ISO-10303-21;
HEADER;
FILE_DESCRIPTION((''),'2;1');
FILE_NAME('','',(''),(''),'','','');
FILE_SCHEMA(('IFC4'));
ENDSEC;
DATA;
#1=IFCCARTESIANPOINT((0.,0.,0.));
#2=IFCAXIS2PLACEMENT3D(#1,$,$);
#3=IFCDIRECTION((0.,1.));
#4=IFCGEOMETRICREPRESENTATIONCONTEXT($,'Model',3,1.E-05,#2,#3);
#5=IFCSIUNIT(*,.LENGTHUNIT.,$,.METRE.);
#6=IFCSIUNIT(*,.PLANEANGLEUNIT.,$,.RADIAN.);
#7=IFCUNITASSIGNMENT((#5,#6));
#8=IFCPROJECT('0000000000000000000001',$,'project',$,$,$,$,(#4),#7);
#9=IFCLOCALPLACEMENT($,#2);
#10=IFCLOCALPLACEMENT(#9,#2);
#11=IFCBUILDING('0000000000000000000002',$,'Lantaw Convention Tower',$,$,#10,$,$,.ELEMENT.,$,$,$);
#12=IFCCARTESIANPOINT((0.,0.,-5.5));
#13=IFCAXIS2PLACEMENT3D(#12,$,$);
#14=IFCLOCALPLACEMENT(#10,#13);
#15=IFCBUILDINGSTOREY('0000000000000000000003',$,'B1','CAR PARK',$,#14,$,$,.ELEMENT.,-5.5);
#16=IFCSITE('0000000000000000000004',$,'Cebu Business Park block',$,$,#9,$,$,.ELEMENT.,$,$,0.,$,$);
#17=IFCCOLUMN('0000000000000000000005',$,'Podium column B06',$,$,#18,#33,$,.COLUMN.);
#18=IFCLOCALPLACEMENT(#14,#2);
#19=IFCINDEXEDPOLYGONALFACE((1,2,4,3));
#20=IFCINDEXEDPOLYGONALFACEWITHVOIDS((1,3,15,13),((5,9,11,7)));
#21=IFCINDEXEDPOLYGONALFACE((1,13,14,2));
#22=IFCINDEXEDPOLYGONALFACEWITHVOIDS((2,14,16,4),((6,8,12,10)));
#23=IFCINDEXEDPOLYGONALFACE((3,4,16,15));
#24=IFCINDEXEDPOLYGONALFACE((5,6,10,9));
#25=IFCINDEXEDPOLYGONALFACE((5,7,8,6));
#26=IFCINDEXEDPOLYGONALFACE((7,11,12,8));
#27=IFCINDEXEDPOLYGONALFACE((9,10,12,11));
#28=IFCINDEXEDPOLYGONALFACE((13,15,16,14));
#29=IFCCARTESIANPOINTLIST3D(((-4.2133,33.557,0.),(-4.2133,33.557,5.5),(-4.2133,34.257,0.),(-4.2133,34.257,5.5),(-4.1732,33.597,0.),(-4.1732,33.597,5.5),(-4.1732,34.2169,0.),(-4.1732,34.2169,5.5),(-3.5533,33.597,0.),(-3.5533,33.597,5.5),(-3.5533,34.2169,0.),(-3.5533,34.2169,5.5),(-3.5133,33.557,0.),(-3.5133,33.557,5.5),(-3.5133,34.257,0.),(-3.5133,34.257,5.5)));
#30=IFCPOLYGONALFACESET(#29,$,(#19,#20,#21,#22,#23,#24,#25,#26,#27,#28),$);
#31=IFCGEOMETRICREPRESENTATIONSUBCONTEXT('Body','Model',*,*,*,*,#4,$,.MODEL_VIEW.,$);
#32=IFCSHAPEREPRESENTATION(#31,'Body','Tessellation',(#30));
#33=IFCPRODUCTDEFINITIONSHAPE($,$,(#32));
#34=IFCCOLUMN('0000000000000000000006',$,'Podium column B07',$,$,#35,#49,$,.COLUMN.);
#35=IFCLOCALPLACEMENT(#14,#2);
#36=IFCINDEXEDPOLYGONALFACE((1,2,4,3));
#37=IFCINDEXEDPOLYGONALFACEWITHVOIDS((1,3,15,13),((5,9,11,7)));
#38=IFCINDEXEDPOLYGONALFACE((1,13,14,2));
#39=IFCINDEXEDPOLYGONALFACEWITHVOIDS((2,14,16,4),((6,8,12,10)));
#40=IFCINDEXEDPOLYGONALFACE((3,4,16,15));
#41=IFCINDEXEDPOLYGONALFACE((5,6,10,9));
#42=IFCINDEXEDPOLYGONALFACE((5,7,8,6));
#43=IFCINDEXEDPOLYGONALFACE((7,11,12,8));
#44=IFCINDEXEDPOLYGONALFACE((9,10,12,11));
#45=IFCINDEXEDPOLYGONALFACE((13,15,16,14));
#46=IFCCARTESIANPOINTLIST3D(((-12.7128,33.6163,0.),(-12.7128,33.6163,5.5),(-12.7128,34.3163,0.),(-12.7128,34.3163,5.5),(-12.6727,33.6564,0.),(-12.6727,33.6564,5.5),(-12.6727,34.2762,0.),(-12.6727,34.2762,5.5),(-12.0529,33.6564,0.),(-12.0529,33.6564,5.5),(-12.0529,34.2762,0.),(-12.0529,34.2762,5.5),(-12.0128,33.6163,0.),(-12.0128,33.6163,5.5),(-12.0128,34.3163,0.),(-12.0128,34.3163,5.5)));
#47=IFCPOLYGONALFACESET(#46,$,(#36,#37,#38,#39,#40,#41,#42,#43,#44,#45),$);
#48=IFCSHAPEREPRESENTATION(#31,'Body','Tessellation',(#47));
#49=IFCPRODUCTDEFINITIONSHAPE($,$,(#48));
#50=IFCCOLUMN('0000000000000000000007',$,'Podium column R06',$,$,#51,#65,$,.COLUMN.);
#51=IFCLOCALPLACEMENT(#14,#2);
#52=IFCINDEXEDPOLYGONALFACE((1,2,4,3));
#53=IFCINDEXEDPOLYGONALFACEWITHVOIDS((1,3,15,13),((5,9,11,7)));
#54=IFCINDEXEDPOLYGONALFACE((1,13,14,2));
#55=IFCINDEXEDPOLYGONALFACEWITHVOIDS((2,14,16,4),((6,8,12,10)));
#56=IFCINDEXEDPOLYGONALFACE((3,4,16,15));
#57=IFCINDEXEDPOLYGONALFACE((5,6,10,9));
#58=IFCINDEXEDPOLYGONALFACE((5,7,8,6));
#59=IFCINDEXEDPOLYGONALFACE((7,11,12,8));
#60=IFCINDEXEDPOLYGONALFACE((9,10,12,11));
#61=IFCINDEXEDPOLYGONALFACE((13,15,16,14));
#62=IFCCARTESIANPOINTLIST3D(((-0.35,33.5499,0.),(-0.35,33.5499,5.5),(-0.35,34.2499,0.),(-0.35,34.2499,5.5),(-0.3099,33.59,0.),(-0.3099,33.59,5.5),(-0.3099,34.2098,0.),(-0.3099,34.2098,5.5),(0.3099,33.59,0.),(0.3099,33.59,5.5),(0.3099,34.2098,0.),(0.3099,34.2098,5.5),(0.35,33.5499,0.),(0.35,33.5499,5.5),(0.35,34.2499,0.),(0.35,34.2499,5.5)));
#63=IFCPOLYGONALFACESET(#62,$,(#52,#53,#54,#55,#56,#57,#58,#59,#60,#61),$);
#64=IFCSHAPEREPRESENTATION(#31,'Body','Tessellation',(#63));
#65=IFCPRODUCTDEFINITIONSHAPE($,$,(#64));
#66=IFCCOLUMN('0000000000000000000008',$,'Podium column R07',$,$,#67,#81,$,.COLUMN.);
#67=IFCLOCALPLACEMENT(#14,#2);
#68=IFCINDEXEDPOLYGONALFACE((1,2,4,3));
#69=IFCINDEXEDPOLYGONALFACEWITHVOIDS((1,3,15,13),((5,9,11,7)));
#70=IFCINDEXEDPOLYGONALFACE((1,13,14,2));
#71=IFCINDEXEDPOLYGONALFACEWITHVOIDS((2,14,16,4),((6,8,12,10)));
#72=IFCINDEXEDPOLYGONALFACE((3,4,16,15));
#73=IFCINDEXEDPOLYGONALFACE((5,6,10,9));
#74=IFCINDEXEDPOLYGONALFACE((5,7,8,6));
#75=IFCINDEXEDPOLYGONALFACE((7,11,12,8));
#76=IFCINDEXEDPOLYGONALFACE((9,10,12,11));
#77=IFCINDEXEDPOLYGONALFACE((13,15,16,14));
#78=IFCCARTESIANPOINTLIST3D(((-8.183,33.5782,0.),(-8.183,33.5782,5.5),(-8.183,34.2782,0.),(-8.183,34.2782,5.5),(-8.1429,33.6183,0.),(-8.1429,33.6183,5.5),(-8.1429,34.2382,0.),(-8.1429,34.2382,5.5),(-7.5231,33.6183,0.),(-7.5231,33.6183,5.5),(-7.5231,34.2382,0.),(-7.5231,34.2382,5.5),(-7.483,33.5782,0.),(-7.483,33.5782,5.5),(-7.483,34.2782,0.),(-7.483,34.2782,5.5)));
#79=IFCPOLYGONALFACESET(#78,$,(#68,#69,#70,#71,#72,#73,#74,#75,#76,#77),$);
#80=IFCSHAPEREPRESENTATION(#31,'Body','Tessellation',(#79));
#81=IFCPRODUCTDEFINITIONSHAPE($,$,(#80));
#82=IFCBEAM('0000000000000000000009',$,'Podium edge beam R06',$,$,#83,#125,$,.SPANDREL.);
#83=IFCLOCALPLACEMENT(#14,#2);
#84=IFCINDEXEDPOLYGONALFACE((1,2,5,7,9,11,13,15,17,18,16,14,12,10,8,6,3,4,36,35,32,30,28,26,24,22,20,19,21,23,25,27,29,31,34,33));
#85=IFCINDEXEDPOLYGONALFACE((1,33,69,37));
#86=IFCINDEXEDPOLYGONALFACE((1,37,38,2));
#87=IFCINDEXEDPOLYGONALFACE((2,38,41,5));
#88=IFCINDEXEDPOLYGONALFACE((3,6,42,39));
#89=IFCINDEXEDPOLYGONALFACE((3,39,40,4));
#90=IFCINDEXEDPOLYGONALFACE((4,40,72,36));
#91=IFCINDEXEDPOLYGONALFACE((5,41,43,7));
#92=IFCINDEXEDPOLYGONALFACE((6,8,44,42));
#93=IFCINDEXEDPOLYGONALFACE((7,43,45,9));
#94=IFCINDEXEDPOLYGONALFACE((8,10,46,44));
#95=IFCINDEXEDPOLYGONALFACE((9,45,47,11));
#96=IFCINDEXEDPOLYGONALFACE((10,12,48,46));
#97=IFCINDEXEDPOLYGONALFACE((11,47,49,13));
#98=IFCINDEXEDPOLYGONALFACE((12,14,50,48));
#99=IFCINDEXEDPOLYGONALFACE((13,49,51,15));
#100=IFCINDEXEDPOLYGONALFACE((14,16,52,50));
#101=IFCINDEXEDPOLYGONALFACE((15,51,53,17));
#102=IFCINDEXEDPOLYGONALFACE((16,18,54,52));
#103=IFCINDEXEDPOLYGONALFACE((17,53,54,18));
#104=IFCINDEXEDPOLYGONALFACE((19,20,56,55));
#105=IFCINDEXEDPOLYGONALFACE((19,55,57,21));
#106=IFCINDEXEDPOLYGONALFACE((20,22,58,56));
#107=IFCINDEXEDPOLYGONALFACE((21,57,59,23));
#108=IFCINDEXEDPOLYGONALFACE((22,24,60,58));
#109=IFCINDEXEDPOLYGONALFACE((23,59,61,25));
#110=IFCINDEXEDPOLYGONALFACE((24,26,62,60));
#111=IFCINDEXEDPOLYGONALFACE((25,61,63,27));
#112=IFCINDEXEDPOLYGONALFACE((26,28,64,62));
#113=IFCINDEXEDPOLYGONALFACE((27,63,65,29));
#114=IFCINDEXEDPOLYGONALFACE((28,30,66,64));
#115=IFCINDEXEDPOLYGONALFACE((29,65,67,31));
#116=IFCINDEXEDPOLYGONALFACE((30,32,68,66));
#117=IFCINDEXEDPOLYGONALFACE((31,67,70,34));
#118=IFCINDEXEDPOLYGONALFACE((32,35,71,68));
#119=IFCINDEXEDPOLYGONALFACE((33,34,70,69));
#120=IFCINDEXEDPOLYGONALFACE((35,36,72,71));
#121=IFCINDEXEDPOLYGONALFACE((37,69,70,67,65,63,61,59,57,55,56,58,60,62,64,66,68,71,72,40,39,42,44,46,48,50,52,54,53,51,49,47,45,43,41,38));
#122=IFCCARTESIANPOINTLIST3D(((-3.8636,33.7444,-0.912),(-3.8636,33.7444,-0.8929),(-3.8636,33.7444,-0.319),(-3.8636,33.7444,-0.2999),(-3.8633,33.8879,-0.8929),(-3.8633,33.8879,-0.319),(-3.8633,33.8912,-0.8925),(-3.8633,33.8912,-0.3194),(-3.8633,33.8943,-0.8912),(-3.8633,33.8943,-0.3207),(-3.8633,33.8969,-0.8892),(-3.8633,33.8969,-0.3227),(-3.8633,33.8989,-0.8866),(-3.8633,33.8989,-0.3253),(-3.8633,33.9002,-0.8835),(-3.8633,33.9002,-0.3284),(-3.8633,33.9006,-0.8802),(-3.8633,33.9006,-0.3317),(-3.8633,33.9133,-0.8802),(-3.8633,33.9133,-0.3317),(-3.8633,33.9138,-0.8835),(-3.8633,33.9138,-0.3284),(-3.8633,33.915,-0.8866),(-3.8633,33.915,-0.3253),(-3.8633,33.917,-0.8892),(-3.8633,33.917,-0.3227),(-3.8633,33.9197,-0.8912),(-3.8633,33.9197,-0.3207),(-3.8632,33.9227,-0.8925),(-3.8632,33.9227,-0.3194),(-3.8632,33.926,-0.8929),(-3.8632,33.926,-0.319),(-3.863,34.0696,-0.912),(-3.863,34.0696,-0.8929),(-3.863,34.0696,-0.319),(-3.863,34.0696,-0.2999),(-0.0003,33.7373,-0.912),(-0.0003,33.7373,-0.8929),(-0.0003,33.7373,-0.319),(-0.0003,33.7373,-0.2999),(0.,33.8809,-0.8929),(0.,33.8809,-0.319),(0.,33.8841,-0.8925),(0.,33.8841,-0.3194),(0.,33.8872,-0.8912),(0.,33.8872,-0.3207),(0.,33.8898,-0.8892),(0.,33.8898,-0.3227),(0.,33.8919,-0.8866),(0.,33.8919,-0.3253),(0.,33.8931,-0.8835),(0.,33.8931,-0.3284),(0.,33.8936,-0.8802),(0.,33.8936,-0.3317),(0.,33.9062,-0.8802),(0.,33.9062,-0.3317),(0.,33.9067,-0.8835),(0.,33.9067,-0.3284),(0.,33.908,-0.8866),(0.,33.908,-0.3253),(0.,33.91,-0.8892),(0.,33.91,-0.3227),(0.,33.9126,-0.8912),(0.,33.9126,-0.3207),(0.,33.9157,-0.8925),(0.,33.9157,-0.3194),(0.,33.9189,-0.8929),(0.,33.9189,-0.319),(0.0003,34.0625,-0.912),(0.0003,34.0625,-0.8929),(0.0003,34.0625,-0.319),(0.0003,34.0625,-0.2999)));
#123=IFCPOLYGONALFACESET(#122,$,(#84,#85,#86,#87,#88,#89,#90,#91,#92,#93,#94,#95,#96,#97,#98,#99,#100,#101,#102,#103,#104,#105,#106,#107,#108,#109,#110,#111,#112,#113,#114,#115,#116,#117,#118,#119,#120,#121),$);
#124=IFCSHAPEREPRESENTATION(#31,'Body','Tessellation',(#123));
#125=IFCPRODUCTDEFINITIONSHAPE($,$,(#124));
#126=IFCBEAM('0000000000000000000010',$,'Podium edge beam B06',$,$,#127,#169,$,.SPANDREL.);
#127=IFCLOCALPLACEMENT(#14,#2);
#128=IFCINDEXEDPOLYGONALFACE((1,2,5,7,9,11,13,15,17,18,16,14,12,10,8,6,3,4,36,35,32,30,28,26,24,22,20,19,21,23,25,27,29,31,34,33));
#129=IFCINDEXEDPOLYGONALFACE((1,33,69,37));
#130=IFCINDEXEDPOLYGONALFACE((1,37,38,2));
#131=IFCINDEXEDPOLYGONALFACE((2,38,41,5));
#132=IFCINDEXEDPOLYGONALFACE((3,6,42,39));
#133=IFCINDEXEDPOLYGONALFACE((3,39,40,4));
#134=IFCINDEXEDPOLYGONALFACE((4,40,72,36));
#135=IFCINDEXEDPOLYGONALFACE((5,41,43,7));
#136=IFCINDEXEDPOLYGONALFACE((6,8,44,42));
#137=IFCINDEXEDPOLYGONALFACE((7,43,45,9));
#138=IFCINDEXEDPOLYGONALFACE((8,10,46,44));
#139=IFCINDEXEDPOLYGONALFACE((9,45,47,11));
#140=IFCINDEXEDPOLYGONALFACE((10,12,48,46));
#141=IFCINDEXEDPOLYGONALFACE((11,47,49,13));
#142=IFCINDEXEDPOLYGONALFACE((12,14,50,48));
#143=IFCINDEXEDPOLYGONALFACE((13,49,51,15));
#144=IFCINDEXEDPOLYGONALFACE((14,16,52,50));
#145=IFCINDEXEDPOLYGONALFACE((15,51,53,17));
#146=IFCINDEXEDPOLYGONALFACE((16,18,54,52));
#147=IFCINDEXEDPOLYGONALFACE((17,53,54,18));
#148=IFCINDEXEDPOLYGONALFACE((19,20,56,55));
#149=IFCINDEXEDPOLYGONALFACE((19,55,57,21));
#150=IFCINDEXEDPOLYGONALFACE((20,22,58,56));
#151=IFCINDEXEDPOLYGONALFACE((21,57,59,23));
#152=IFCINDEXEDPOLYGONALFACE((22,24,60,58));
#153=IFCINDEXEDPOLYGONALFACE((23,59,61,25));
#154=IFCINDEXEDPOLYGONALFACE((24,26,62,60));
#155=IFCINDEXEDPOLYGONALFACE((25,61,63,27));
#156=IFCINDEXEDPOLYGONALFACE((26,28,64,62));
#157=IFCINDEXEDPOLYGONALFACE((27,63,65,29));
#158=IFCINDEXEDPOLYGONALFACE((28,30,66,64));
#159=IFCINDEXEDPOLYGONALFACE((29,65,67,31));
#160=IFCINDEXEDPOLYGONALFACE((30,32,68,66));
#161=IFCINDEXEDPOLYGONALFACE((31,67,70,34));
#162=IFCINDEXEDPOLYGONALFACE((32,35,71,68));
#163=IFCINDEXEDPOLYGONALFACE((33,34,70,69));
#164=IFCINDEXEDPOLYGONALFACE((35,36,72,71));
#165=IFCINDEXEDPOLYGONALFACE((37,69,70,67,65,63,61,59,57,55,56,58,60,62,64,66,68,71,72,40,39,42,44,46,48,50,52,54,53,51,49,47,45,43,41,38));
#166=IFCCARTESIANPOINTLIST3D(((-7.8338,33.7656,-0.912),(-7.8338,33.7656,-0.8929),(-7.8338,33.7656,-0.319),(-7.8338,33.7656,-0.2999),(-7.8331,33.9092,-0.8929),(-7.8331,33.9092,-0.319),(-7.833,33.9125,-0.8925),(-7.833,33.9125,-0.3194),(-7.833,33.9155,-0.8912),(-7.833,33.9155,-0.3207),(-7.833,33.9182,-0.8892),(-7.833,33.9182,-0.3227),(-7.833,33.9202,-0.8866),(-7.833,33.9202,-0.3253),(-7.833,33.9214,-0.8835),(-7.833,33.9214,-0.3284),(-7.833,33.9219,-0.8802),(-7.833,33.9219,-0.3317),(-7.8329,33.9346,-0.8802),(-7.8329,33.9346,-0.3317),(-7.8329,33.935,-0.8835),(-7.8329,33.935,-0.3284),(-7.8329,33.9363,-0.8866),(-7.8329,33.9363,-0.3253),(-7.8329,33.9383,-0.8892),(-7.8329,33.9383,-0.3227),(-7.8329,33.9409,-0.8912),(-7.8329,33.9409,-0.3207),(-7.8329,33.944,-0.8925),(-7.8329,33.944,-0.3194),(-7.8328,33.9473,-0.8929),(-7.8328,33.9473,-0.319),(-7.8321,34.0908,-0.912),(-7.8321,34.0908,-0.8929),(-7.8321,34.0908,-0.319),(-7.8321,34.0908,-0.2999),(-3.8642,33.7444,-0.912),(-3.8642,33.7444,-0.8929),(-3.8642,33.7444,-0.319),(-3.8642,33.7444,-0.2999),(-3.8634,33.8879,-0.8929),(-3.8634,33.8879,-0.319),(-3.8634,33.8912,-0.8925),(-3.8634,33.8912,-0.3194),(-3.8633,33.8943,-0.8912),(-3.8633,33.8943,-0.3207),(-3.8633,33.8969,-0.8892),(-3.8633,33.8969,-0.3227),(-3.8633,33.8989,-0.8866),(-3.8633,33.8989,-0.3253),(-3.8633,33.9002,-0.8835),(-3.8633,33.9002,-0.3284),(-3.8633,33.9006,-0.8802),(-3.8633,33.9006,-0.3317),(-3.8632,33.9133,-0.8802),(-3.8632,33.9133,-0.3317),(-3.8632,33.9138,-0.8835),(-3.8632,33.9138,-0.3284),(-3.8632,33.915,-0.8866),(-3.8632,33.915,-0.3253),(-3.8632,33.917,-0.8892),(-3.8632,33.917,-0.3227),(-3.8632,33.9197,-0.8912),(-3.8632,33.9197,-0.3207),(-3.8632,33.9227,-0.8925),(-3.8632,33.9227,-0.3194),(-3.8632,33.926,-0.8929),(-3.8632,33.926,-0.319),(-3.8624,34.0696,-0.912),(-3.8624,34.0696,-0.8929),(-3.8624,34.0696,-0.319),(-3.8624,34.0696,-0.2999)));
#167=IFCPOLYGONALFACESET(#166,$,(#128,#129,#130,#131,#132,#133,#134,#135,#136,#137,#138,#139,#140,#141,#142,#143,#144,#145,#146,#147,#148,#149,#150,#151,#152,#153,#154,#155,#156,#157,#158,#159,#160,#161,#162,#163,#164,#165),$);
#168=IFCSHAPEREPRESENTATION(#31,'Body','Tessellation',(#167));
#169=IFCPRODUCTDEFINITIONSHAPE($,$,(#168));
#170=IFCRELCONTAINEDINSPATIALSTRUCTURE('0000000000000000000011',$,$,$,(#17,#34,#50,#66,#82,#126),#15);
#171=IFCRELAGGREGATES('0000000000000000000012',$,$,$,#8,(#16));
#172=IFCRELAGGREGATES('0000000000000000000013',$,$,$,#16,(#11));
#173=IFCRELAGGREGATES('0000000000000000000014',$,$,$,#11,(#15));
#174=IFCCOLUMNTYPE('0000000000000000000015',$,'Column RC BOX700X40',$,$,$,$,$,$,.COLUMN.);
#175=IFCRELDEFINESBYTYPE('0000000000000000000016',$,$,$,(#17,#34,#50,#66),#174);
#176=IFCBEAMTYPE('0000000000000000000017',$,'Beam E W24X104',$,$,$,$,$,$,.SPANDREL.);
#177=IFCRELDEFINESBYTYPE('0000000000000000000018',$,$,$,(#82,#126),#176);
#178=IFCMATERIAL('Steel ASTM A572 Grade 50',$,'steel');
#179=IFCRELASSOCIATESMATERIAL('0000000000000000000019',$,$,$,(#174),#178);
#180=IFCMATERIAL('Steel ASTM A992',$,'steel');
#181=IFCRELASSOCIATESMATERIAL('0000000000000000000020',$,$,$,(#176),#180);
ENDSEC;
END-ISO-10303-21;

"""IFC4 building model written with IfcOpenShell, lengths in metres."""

from ifc_helpers import new_model, si_unit, direction, frame, origin, origin_2d, place, context, subcontext, project, spatial, hollow_rectangle, i_section, extrude, material, material_profile, profile_set, type_object, element, save


model = new_model("IFC4")

# Units and contexts
model_context = context("Model", 3, precision=1e-05, world=origin(), true_north=direction((0.0, 1.0)))
body_context = subcontext(model_context, "Body", "Model", "MODEL_VIEW")
ifc_project = project(units=[si_unit("LENGTHUNIT", "METRE"), si_unit("PLANEANGLEUNIT", "RADIAN")], contexts=[model_context])

# Site, building, storey
site_placement = place(None, origin())
site = spatial("IfcSite", under=ifc_project, at=site_placement, Name="Cebu Business Park block", CompositionType="ELEMENT", RefElevation=0.0)
building_placement = place(site_placement, origin())
building = spatial("IfcBuilding", under=site, at=building_placement, Name="Lantaw Convention Tower", CompositionType="ELEMENT")
storey_placement = place(building_placement, frame((0.0, 0.0, -5.5)))
storey = spatial("IfcBuildingStorey", under=building, at=storey_placement, Name="B1", Description="CAR PARK", CompositionType="ELEMENT", Elevation=-5.5)

# Columns
ifc_material_1 = material(Name="Steel ASTM A572 Grade 50", Category="steel")
ifc_material_profile_1 = material_profile(ifc_material_1, hollow_rectangle(XDim=0.7, YDim=0.7, WallThickness=0.04, at=origin_2d()), Name="BOX700X40")
ifc_profile_set_1 = profile_set([ifc_material_profile_1], Name="Steel ASTM A572 Grade 50")
column_type = type_object("IfcColumnType", Name="Column RC BOX700X40", PredefinedType="COLUMN", material=ifc_profile_set_1)
for number, where, z_axis, x_axis, name in (
    (1, (-3.8633, 33.907, 0.0), (0.0, 0.0, 1.0), (1.0, 0.0, 0.0), "Podium column B06"),
    (2, (-12.3628, 33.9663, 0.0), (0.0, 0.0, 1.0), (1.0, 0.0, 0.0), "Podium column B07"),
    (3, (0.0, 33.8999, 0.0), (0.0, 0.0, 1.0), (1.0, 0.0, 0.0), "Podium column R06"),
    (4, (-7.833, 33.9282, 0.0), (0.0, 0.0, 1.0), (1.0, 0.0, 0.0), "Podium column R07"),
):
    element("IfcColumn", number, at=place(storey_placement, frame(where, z_axis=z_axis, x_axis=x_axis)), inside=storey, type_object=column_type, Name=name, PredefinedType="COLUMN", context=body_context, shape_type="SweptSolid", body=[
        extrude(hollow_rectangle(XDim=0.7, YDim=0.7, WallThickness=0.04, at=origin_2d()), origin(), (0.0, 0.0, 1.0), 5.5),
    ])

# Beams
ifc_material_2 = material(Name="Steel ASTM A992", Category="steel")
ifc_material_profile_2 = material_profile(ifc_material_2, i_section(OverallWidth=0.3252, OverallDepth=0.6121, WebThickness=0.0127, FlangeThickness=0.019, FilletRadius=0.0127, at=origin_2d()), Name="W24X104")
ifc_profile_set_2 = profile_set([ifc_material_profile_2], Name="Steel ASTM A992")
beam_type_1 = type_object("IfcBeamType", Name="Beam E W24X104", PredefinedType="SPANDREL", material=ifc_profile_set_2)
beam_1_placement = place(storey_placement, frame((0.0, 33.8999, -0.606), z_axis=(-0.999998, 0.001833, 0.0), x_axis=(-0.001833, -0.999998, 0.0)))
element("IfcBeam", 5, at=beam_1_placement, inside=storey, type_object=beam_type_1, Name="Podium edge beam R06", PredefinedType="SPANDREL", context=body_context, shape_type="SweptSolid", body=[
    extrude(i_section(OverallWidth=0.3252, OverallDepth=0.6121, WebThickness=0.0127, FlangeThickness=0.019, FilletRadius=0.0127, at=origin_2d()), origin(), (0.0, 0.0, 1.0), 3.8633),
])
beam_2_placement = place(storey_placement, frame((-3.8633, 33.907, -0.606), z_axis=(-0.999986, 0.00535, 0.0), x_axis=(-0.00535, -0.999986, 0.0)))
element("IfcBeam", 6, at=beam_2_placement, inside=storey, type_object=beam_type_1, Name="Podium edge beam B06", PredefinedType="SPANDREL", context=body_context, shape_type="SweptSolid", body=[
    extrude(i_section(OverallWidth=0.3252, OverallDepth=0.6121, WebThickness=0.0127, FlangeThickness=0.019, FilletRadius=0.0127, at=origin_2d()), origin(), (0.0, 0.0, 1.0), 3.9697),
])

save(model, "model.ifc")
